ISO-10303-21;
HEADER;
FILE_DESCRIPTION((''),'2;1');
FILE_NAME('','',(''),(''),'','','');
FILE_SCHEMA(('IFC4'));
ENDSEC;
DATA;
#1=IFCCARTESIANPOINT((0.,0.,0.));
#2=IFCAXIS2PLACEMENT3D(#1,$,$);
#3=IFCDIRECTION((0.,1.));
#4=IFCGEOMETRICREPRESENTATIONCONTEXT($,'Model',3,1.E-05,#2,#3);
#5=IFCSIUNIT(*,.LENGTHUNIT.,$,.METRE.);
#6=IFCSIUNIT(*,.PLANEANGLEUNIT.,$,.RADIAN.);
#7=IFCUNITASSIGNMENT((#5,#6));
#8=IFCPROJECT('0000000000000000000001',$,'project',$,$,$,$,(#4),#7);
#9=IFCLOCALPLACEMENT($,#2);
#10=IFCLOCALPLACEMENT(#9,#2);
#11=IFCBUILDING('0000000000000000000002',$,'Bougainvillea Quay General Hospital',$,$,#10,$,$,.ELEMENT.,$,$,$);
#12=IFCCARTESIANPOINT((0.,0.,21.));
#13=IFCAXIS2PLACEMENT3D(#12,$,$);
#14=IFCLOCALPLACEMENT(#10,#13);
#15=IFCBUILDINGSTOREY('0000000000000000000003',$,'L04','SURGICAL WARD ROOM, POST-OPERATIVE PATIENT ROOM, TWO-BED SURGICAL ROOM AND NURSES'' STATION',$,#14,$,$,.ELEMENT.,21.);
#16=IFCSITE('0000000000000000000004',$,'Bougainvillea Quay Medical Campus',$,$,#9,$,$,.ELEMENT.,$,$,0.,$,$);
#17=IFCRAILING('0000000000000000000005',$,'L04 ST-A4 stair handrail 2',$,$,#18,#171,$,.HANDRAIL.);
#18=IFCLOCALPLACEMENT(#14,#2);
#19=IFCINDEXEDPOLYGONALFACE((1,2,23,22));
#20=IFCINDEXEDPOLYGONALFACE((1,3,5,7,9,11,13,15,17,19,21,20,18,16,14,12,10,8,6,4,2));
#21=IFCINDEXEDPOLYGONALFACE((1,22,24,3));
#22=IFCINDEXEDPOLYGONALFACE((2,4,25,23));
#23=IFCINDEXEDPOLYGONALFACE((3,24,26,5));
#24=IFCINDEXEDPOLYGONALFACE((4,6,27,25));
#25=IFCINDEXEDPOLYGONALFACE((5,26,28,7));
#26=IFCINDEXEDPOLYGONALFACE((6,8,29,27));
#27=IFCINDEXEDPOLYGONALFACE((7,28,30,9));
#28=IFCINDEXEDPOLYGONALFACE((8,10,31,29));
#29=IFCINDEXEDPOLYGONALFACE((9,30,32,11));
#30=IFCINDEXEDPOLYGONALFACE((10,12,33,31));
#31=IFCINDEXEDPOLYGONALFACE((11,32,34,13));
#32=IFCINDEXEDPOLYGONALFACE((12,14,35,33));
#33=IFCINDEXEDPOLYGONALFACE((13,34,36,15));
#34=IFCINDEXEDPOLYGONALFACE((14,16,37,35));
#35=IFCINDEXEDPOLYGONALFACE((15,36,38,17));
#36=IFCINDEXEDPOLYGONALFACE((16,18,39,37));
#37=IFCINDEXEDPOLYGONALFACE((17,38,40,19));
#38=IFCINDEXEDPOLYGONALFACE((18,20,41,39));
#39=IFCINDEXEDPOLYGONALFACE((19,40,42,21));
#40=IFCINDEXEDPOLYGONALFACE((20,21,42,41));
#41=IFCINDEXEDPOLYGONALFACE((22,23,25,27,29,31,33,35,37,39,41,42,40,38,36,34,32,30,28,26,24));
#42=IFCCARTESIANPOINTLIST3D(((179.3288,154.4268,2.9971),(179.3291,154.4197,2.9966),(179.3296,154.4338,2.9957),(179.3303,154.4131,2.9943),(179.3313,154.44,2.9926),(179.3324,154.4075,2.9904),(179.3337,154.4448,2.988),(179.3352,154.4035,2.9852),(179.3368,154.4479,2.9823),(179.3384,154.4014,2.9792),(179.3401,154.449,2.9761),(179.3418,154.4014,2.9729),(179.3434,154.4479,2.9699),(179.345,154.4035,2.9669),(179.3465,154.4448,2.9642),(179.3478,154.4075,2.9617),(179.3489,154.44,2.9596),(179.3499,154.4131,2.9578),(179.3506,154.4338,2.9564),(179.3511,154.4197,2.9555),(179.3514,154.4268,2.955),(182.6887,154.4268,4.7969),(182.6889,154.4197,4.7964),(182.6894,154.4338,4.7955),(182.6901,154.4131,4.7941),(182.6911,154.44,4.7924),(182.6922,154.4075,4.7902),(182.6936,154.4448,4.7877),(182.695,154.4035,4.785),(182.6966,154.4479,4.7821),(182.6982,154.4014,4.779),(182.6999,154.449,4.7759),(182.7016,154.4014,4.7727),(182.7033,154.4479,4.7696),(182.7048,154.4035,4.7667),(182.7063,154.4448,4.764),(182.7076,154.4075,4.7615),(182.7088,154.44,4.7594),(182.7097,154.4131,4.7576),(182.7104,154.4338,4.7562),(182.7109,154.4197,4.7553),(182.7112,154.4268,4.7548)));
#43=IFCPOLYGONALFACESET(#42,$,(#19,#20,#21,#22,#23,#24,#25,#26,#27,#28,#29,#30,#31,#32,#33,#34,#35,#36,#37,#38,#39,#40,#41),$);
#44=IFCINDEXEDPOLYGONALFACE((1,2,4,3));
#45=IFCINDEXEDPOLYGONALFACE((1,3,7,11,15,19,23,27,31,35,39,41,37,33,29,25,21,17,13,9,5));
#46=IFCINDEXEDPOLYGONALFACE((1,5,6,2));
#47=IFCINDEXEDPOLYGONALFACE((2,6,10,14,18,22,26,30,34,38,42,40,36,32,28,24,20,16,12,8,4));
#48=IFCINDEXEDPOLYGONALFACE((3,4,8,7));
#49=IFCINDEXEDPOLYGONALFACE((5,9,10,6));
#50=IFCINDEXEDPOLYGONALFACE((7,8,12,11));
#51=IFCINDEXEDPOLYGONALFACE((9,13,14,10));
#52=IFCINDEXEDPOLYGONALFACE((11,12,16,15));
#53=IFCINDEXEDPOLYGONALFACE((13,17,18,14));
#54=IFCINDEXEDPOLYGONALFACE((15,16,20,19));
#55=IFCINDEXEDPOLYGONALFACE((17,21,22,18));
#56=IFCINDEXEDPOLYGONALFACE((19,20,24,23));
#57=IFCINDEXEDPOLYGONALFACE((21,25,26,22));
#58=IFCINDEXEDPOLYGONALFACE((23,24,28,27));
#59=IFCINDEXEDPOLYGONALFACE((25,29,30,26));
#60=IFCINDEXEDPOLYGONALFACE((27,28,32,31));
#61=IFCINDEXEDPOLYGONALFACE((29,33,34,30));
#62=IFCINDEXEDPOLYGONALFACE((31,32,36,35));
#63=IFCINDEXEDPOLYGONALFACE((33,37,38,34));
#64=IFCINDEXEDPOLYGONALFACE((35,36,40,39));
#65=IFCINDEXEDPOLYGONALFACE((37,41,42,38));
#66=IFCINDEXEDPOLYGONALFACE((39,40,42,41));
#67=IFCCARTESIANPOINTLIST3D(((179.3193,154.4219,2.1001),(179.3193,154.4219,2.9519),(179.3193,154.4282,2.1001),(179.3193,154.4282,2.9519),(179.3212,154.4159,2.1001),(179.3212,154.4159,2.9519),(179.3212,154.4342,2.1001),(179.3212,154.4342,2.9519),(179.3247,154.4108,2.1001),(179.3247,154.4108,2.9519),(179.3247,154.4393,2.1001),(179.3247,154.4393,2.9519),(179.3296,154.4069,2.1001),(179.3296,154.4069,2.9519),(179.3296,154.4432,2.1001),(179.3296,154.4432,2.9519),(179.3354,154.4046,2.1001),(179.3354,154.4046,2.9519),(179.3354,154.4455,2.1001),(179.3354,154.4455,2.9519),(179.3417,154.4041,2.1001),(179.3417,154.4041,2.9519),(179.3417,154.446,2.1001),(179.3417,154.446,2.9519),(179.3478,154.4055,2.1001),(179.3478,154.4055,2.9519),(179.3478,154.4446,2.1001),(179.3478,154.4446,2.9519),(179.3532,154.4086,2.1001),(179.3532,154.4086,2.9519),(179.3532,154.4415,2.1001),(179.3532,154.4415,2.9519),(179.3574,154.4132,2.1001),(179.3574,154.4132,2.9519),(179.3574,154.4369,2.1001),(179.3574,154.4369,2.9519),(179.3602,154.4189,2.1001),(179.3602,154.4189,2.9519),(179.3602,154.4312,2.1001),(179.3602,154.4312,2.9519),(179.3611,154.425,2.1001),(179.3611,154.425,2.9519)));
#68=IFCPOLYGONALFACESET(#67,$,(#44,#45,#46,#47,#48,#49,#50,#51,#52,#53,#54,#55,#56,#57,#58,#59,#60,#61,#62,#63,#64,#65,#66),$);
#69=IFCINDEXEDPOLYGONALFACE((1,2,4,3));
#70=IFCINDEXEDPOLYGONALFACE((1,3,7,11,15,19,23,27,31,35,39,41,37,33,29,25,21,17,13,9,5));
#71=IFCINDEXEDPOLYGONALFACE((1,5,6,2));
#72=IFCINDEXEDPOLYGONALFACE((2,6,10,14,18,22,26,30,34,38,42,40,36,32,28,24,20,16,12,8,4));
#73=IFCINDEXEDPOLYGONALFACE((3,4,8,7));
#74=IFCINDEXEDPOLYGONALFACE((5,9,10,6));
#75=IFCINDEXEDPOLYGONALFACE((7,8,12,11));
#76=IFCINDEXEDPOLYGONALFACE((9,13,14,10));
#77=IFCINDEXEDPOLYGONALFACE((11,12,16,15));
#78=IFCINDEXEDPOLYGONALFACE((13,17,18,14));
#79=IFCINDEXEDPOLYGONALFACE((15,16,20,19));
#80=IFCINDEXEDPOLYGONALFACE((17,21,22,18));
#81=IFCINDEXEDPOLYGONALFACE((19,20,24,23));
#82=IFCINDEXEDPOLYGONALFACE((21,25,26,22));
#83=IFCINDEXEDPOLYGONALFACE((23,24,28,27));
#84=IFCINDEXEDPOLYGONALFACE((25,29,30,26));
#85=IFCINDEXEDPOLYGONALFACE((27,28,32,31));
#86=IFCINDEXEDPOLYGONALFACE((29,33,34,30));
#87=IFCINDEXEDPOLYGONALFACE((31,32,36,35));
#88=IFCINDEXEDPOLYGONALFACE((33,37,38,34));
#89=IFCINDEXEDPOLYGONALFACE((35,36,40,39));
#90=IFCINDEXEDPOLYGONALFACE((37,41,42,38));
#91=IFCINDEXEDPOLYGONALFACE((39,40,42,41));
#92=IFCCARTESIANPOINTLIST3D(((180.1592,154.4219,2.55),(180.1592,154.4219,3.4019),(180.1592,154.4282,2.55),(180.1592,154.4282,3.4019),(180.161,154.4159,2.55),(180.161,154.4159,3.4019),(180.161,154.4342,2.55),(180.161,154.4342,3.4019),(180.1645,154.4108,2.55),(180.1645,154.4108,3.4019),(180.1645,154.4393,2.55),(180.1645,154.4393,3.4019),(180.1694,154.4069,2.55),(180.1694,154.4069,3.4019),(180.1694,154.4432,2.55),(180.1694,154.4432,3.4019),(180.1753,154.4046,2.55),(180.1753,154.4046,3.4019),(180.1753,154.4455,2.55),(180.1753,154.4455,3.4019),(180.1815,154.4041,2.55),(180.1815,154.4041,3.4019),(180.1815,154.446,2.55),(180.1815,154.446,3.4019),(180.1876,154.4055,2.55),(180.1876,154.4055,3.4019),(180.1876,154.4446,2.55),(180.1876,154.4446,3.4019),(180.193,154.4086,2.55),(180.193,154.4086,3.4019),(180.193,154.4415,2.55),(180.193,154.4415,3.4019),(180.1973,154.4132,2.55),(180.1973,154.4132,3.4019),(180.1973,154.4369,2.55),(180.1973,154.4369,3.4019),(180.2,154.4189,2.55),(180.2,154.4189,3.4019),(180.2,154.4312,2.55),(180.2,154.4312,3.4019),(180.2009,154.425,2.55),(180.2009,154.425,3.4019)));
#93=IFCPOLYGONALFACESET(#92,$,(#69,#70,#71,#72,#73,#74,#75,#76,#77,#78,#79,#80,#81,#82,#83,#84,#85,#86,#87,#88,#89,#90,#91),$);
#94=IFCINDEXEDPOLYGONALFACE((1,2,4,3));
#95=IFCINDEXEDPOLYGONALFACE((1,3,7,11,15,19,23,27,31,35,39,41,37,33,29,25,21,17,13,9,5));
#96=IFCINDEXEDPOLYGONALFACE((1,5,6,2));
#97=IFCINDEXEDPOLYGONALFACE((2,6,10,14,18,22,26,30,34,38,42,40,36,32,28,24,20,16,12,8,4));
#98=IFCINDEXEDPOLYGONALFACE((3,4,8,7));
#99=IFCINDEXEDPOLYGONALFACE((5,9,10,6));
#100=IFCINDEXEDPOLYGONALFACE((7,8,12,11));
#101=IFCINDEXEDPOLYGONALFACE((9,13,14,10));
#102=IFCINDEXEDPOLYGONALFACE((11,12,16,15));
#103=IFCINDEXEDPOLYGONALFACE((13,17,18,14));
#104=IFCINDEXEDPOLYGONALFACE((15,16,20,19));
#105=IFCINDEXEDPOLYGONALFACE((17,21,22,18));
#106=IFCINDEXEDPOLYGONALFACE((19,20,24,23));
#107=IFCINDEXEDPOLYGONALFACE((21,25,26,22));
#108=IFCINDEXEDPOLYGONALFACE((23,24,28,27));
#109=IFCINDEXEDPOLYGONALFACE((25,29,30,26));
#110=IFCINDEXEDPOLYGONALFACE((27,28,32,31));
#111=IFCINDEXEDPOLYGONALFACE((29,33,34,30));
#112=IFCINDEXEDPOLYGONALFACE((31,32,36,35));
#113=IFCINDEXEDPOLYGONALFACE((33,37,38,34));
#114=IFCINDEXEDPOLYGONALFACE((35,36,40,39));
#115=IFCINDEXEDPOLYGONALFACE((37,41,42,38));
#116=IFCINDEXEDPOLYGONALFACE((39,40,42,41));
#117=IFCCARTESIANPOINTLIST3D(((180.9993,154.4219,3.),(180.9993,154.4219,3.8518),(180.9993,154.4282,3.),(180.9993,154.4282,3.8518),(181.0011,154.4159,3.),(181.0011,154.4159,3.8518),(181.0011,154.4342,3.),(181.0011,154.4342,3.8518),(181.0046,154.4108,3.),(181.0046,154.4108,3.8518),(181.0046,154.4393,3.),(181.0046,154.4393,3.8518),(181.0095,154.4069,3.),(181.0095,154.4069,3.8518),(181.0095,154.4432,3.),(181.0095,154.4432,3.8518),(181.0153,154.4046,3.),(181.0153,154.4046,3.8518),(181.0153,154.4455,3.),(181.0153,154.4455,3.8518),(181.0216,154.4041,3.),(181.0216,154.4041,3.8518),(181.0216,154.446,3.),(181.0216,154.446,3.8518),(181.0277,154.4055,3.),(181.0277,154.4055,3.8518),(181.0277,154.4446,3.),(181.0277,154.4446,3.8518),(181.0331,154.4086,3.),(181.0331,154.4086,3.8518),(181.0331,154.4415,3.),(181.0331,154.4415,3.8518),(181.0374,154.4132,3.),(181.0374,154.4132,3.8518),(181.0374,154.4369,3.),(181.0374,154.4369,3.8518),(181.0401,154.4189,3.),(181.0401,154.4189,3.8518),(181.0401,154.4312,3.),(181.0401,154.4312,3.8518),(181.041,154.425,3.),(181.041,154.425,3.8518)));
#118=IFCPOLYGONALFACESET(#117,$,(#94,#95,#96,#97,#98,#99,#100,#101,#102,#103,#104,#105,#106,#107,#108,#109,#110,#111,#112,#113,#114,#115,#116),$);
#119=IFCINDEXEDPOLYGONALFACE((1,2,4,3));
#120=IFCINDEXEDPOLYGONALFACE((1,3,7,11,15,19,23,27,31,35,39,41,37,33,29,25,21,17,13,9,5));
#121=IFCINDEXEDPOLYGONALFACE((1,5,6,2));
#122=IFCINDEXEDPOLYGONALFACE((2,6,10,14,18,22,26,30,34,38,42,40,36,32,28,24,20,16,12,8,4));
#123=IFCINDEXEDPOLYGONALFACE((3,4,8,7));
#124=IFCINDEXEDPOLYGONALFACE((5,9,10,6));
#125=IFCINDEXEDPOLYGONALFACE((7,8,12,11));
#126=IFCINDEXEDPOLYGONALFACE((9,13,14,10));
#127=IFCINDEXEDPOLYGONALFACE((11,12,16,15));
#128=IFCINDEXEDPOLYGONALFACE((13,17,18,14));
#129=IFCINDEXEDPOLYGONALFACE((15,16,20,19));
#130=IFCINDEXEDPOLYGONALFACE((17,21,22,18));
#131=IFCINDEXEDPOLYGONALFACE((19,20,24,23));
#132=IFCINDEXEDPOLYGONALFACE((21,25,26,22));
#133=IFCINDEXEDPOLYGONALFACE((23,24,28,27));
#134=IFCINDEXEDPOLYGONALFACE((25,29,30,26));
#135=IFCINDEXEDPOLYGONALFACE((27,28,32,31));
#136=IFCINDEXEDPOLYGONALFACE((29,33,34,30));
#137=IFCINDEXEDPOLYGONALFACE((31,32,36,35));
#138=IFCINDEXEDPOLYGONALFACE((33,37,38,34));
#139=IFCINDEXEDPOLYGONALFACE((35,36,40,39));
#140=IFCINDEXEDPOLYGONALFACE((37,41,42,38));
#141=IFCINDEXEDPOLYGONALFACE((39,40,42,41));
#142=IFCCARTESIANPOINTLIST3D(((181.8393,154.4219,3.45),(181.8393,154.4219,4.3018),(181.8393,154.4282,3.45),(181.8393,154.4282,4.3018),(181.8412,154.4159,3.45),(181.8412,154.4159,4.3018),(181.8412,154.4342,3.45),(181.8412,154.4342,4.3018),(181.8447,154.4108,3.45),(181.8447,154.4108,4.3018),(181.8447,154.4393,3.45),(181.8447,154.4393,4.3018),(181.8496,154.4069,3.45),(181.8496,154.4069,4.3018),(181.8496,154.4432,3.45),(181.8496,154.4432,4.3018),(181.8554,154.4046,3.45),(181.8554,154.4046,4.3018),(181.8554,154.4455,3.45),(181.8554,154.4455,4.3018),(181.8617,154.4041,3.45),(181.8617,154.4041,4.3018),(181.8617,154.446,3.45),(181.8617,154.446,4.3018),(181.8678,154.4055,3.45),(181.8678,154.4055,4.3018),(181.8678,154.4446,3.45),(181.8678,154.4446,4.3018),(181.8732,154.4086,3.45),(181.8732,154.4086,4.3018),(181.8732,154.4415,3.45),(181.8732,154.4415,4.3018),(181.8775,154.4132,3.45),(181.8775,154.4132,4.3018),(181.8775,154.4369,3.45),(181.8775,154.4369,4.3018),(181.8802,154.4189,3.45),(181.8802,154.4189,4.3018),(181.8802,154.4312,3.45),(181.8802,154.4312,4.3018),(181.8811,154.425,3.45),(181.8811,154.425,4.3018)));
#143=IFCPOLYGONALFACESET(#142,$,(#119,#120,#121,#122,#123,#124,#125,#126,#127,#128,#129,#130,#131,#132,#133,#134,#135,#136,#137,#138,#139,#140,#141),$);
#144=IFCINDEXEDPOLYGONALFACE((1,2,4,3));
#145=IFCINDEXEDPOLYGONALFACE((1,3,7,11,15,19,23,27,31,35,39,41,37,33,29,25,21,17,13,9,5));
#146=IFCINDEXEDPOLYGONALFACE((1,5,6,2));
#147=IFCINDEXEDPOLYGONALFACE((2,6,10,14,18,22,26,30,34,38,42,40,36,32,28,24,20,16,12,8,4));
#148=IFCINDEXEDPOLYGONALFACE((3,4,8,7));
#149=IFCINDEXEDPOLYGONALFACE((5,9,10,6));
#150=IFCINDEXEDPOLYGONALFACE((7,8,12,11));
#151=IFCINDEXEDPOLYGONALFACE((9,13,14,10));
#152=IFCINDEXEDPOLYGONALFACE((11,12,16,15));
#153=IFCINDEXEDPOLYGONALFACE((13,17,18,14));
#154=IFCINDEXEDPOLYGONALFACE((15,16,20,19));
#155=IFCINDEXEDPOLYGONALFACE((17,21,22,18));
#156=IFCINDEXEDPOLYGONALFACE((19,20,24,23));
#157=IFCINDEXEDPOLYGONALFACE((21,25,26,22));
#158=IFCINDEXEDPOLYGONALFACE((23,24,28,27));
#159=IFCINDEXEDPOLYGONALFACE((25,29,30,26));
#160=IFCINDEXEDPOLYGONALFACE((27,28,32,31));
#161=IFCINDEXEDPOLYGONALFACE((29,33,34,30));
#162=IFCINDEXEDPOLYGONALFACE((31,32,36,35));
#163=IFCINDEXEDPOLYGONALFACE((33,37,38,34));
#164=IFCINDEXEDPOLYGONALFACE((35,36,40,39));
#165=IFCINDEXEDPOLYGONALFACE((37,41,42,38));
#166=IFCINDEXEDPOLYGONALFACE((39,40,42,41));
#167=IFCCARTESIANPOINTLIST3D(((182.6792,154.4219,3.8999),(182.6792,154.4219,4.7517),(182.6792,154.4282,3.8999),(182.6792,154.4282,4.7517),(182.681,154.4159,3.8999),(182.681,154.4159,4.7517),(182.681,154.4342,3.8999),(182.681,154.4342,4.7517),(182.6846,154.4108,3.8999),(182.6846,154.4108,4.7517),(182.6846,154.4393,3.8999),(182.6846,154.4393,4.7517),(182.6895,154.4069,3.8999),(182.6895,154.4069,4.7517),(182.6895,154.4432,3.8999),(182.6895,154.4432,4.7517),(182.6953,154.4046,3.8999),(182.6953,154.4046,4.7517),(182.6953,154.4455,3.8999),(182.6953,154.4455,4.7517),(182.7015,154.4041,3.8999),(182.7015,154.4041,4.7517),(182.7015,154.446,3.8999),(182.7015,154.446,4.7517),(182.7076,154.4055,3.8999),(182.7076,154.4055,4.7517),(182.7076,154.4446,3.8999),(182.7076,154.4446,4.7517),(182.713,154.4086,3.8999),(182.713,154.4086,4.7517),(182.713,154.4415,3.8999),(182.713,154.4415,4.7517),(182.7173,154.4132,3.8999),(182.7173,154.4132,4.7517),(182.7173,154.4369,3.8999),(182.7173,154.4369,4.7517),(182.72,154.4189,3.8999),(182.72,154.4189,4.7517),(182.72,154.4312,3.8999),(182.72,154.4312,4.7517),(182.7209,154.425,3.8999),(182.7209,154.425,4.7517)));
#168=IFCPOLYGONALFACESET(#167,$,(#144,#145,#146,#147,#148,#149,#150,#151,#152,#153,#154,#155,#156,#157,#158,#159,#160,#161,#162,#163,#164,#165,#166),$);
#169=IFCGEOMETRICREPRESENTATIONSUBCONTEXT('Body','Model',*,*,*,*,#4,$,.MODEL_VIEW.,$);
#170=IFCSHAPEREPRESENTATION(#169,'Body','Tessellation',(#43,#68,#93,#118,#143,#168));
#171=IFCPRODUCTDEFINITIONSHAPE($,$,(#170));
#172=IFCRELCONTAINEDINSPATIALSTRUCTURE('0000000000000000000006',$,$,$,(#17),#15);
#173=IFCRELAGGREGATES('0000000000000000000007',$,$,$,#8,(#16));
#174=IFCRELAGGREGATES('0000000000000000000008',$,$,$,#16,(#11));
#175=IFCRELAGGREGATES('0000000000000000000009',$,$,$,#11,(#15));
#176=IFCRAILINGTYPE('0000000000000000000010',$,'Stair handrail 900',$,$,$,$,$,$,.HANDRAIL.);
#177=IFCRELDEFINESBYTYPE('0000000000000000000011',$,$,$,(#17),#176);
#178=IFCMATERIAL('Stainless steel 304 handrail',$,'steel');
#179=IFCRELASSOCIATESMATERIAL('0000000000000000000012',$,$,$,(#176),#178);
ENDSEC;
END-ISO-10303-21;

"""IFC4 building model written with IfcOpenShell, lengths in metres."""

from ifc_helpers import new_model, si_unit, direction, frame, origin, origin_2d, place, context, subcontext, project, spatial, circle, extrude, material, type_object, element, save


model = new_model("IFC4")

# Units and contexts
model_context = context("Model", 3, precision=1e-05, world=origin(), true_north=direction((0.0, 1.0)))
body_context = subcontext(model_context, "Body", "Model", "MODEL_VIEW")
ifc_project = project(units=[si_unit("LENGTHUNIT", "METRE"), si_unit("PLANEANGLEUNIT", "RADIAN")], contexts=[model_context])

# Site, building, storey
site_placement = place(None, origin())
site = spatial("IfcSite", under=ifc_project, at=site_placement, Name="Bougainvillea Quay Medical Campus", CompositionType="ELEMENT", RefElevation=0.0)
building_placement = place(site_placement, origin())
building = spatial("IfcBuilding", under=site, at=building_placement, Name="Bougainvillea Quay General Hospital", CompositionType="ELEMENT")
storey_placement = place(building_placement, frame((0.0, 0.0, 21.0)))
storey = spatial("IfcBuildingStorey", under=building, at=storey_placement, Name="L04", Description="SURGICAL WARD ROOM, POST-OPERATIVE PATIENT ROOM, TWO-BED SURGICAL ROOM AND NURSES' STATION", CompositionType="ELEMENT", Elevation=21.0)

# Railing
ifc_material_1 = material(Name="Stainless steel 304 handrail", Category="steel")
railing_type_1 = type_object("IfcRailingType", Name="Stair handrail 900", PredefinedType="HANDRAIL", material=ifc_material_1)
railing_1_placement = place(storey_placement, frame((179.3401, 154.425, 2.1001)))
element("IfcRailing", 1, at=railing_1_placement, inside=storey, type_object=railing_type_1, Name="L04 ST-A4 stair handrail 2", PredefinedType="HANDRAIL", context=body_context, shape_type="SweptSolid", body=[
    extrude(circle(Radius=0.0239, at=origin_2d()), frame((0.0, 0.0, 0.876), z_axis=(0.881493, 0.0, 0.472197), x_axis=(0.0, 1.0, 0.0)), (0.0, 0.0, 1.0), 3.8115),
    extrude(circle(Radius=0.021, at=origin_2d()), origin(), (0.0, 0.0, 1.0), 0.8518),
    extrude(circle(Radius=0.021, at=origin_2d()), frame((0.8398, 0.0, 0.45)), (0.0, 0.0, 1.0), 0.8518),
    extrude(circle(Radius=0.021, at=origin_2d()), frame((1.6799, 0.0, 0.8999)), (0.0, 0.0, 1.0), 0.8518),
    extrude(circle(Radius=0.021, at=origin_2d()), frame((2.52, 0.0, 1.3499)), (0.0, 0.0, 1.0), 0.8518),
    extrude(circle(Radius=0.021, at=origin_2d()), frame((3.3599, 0.0, 1.7998)), (0.0, 0.0, 1.0), 0.8518),
])

save(model, "model.ifc")
